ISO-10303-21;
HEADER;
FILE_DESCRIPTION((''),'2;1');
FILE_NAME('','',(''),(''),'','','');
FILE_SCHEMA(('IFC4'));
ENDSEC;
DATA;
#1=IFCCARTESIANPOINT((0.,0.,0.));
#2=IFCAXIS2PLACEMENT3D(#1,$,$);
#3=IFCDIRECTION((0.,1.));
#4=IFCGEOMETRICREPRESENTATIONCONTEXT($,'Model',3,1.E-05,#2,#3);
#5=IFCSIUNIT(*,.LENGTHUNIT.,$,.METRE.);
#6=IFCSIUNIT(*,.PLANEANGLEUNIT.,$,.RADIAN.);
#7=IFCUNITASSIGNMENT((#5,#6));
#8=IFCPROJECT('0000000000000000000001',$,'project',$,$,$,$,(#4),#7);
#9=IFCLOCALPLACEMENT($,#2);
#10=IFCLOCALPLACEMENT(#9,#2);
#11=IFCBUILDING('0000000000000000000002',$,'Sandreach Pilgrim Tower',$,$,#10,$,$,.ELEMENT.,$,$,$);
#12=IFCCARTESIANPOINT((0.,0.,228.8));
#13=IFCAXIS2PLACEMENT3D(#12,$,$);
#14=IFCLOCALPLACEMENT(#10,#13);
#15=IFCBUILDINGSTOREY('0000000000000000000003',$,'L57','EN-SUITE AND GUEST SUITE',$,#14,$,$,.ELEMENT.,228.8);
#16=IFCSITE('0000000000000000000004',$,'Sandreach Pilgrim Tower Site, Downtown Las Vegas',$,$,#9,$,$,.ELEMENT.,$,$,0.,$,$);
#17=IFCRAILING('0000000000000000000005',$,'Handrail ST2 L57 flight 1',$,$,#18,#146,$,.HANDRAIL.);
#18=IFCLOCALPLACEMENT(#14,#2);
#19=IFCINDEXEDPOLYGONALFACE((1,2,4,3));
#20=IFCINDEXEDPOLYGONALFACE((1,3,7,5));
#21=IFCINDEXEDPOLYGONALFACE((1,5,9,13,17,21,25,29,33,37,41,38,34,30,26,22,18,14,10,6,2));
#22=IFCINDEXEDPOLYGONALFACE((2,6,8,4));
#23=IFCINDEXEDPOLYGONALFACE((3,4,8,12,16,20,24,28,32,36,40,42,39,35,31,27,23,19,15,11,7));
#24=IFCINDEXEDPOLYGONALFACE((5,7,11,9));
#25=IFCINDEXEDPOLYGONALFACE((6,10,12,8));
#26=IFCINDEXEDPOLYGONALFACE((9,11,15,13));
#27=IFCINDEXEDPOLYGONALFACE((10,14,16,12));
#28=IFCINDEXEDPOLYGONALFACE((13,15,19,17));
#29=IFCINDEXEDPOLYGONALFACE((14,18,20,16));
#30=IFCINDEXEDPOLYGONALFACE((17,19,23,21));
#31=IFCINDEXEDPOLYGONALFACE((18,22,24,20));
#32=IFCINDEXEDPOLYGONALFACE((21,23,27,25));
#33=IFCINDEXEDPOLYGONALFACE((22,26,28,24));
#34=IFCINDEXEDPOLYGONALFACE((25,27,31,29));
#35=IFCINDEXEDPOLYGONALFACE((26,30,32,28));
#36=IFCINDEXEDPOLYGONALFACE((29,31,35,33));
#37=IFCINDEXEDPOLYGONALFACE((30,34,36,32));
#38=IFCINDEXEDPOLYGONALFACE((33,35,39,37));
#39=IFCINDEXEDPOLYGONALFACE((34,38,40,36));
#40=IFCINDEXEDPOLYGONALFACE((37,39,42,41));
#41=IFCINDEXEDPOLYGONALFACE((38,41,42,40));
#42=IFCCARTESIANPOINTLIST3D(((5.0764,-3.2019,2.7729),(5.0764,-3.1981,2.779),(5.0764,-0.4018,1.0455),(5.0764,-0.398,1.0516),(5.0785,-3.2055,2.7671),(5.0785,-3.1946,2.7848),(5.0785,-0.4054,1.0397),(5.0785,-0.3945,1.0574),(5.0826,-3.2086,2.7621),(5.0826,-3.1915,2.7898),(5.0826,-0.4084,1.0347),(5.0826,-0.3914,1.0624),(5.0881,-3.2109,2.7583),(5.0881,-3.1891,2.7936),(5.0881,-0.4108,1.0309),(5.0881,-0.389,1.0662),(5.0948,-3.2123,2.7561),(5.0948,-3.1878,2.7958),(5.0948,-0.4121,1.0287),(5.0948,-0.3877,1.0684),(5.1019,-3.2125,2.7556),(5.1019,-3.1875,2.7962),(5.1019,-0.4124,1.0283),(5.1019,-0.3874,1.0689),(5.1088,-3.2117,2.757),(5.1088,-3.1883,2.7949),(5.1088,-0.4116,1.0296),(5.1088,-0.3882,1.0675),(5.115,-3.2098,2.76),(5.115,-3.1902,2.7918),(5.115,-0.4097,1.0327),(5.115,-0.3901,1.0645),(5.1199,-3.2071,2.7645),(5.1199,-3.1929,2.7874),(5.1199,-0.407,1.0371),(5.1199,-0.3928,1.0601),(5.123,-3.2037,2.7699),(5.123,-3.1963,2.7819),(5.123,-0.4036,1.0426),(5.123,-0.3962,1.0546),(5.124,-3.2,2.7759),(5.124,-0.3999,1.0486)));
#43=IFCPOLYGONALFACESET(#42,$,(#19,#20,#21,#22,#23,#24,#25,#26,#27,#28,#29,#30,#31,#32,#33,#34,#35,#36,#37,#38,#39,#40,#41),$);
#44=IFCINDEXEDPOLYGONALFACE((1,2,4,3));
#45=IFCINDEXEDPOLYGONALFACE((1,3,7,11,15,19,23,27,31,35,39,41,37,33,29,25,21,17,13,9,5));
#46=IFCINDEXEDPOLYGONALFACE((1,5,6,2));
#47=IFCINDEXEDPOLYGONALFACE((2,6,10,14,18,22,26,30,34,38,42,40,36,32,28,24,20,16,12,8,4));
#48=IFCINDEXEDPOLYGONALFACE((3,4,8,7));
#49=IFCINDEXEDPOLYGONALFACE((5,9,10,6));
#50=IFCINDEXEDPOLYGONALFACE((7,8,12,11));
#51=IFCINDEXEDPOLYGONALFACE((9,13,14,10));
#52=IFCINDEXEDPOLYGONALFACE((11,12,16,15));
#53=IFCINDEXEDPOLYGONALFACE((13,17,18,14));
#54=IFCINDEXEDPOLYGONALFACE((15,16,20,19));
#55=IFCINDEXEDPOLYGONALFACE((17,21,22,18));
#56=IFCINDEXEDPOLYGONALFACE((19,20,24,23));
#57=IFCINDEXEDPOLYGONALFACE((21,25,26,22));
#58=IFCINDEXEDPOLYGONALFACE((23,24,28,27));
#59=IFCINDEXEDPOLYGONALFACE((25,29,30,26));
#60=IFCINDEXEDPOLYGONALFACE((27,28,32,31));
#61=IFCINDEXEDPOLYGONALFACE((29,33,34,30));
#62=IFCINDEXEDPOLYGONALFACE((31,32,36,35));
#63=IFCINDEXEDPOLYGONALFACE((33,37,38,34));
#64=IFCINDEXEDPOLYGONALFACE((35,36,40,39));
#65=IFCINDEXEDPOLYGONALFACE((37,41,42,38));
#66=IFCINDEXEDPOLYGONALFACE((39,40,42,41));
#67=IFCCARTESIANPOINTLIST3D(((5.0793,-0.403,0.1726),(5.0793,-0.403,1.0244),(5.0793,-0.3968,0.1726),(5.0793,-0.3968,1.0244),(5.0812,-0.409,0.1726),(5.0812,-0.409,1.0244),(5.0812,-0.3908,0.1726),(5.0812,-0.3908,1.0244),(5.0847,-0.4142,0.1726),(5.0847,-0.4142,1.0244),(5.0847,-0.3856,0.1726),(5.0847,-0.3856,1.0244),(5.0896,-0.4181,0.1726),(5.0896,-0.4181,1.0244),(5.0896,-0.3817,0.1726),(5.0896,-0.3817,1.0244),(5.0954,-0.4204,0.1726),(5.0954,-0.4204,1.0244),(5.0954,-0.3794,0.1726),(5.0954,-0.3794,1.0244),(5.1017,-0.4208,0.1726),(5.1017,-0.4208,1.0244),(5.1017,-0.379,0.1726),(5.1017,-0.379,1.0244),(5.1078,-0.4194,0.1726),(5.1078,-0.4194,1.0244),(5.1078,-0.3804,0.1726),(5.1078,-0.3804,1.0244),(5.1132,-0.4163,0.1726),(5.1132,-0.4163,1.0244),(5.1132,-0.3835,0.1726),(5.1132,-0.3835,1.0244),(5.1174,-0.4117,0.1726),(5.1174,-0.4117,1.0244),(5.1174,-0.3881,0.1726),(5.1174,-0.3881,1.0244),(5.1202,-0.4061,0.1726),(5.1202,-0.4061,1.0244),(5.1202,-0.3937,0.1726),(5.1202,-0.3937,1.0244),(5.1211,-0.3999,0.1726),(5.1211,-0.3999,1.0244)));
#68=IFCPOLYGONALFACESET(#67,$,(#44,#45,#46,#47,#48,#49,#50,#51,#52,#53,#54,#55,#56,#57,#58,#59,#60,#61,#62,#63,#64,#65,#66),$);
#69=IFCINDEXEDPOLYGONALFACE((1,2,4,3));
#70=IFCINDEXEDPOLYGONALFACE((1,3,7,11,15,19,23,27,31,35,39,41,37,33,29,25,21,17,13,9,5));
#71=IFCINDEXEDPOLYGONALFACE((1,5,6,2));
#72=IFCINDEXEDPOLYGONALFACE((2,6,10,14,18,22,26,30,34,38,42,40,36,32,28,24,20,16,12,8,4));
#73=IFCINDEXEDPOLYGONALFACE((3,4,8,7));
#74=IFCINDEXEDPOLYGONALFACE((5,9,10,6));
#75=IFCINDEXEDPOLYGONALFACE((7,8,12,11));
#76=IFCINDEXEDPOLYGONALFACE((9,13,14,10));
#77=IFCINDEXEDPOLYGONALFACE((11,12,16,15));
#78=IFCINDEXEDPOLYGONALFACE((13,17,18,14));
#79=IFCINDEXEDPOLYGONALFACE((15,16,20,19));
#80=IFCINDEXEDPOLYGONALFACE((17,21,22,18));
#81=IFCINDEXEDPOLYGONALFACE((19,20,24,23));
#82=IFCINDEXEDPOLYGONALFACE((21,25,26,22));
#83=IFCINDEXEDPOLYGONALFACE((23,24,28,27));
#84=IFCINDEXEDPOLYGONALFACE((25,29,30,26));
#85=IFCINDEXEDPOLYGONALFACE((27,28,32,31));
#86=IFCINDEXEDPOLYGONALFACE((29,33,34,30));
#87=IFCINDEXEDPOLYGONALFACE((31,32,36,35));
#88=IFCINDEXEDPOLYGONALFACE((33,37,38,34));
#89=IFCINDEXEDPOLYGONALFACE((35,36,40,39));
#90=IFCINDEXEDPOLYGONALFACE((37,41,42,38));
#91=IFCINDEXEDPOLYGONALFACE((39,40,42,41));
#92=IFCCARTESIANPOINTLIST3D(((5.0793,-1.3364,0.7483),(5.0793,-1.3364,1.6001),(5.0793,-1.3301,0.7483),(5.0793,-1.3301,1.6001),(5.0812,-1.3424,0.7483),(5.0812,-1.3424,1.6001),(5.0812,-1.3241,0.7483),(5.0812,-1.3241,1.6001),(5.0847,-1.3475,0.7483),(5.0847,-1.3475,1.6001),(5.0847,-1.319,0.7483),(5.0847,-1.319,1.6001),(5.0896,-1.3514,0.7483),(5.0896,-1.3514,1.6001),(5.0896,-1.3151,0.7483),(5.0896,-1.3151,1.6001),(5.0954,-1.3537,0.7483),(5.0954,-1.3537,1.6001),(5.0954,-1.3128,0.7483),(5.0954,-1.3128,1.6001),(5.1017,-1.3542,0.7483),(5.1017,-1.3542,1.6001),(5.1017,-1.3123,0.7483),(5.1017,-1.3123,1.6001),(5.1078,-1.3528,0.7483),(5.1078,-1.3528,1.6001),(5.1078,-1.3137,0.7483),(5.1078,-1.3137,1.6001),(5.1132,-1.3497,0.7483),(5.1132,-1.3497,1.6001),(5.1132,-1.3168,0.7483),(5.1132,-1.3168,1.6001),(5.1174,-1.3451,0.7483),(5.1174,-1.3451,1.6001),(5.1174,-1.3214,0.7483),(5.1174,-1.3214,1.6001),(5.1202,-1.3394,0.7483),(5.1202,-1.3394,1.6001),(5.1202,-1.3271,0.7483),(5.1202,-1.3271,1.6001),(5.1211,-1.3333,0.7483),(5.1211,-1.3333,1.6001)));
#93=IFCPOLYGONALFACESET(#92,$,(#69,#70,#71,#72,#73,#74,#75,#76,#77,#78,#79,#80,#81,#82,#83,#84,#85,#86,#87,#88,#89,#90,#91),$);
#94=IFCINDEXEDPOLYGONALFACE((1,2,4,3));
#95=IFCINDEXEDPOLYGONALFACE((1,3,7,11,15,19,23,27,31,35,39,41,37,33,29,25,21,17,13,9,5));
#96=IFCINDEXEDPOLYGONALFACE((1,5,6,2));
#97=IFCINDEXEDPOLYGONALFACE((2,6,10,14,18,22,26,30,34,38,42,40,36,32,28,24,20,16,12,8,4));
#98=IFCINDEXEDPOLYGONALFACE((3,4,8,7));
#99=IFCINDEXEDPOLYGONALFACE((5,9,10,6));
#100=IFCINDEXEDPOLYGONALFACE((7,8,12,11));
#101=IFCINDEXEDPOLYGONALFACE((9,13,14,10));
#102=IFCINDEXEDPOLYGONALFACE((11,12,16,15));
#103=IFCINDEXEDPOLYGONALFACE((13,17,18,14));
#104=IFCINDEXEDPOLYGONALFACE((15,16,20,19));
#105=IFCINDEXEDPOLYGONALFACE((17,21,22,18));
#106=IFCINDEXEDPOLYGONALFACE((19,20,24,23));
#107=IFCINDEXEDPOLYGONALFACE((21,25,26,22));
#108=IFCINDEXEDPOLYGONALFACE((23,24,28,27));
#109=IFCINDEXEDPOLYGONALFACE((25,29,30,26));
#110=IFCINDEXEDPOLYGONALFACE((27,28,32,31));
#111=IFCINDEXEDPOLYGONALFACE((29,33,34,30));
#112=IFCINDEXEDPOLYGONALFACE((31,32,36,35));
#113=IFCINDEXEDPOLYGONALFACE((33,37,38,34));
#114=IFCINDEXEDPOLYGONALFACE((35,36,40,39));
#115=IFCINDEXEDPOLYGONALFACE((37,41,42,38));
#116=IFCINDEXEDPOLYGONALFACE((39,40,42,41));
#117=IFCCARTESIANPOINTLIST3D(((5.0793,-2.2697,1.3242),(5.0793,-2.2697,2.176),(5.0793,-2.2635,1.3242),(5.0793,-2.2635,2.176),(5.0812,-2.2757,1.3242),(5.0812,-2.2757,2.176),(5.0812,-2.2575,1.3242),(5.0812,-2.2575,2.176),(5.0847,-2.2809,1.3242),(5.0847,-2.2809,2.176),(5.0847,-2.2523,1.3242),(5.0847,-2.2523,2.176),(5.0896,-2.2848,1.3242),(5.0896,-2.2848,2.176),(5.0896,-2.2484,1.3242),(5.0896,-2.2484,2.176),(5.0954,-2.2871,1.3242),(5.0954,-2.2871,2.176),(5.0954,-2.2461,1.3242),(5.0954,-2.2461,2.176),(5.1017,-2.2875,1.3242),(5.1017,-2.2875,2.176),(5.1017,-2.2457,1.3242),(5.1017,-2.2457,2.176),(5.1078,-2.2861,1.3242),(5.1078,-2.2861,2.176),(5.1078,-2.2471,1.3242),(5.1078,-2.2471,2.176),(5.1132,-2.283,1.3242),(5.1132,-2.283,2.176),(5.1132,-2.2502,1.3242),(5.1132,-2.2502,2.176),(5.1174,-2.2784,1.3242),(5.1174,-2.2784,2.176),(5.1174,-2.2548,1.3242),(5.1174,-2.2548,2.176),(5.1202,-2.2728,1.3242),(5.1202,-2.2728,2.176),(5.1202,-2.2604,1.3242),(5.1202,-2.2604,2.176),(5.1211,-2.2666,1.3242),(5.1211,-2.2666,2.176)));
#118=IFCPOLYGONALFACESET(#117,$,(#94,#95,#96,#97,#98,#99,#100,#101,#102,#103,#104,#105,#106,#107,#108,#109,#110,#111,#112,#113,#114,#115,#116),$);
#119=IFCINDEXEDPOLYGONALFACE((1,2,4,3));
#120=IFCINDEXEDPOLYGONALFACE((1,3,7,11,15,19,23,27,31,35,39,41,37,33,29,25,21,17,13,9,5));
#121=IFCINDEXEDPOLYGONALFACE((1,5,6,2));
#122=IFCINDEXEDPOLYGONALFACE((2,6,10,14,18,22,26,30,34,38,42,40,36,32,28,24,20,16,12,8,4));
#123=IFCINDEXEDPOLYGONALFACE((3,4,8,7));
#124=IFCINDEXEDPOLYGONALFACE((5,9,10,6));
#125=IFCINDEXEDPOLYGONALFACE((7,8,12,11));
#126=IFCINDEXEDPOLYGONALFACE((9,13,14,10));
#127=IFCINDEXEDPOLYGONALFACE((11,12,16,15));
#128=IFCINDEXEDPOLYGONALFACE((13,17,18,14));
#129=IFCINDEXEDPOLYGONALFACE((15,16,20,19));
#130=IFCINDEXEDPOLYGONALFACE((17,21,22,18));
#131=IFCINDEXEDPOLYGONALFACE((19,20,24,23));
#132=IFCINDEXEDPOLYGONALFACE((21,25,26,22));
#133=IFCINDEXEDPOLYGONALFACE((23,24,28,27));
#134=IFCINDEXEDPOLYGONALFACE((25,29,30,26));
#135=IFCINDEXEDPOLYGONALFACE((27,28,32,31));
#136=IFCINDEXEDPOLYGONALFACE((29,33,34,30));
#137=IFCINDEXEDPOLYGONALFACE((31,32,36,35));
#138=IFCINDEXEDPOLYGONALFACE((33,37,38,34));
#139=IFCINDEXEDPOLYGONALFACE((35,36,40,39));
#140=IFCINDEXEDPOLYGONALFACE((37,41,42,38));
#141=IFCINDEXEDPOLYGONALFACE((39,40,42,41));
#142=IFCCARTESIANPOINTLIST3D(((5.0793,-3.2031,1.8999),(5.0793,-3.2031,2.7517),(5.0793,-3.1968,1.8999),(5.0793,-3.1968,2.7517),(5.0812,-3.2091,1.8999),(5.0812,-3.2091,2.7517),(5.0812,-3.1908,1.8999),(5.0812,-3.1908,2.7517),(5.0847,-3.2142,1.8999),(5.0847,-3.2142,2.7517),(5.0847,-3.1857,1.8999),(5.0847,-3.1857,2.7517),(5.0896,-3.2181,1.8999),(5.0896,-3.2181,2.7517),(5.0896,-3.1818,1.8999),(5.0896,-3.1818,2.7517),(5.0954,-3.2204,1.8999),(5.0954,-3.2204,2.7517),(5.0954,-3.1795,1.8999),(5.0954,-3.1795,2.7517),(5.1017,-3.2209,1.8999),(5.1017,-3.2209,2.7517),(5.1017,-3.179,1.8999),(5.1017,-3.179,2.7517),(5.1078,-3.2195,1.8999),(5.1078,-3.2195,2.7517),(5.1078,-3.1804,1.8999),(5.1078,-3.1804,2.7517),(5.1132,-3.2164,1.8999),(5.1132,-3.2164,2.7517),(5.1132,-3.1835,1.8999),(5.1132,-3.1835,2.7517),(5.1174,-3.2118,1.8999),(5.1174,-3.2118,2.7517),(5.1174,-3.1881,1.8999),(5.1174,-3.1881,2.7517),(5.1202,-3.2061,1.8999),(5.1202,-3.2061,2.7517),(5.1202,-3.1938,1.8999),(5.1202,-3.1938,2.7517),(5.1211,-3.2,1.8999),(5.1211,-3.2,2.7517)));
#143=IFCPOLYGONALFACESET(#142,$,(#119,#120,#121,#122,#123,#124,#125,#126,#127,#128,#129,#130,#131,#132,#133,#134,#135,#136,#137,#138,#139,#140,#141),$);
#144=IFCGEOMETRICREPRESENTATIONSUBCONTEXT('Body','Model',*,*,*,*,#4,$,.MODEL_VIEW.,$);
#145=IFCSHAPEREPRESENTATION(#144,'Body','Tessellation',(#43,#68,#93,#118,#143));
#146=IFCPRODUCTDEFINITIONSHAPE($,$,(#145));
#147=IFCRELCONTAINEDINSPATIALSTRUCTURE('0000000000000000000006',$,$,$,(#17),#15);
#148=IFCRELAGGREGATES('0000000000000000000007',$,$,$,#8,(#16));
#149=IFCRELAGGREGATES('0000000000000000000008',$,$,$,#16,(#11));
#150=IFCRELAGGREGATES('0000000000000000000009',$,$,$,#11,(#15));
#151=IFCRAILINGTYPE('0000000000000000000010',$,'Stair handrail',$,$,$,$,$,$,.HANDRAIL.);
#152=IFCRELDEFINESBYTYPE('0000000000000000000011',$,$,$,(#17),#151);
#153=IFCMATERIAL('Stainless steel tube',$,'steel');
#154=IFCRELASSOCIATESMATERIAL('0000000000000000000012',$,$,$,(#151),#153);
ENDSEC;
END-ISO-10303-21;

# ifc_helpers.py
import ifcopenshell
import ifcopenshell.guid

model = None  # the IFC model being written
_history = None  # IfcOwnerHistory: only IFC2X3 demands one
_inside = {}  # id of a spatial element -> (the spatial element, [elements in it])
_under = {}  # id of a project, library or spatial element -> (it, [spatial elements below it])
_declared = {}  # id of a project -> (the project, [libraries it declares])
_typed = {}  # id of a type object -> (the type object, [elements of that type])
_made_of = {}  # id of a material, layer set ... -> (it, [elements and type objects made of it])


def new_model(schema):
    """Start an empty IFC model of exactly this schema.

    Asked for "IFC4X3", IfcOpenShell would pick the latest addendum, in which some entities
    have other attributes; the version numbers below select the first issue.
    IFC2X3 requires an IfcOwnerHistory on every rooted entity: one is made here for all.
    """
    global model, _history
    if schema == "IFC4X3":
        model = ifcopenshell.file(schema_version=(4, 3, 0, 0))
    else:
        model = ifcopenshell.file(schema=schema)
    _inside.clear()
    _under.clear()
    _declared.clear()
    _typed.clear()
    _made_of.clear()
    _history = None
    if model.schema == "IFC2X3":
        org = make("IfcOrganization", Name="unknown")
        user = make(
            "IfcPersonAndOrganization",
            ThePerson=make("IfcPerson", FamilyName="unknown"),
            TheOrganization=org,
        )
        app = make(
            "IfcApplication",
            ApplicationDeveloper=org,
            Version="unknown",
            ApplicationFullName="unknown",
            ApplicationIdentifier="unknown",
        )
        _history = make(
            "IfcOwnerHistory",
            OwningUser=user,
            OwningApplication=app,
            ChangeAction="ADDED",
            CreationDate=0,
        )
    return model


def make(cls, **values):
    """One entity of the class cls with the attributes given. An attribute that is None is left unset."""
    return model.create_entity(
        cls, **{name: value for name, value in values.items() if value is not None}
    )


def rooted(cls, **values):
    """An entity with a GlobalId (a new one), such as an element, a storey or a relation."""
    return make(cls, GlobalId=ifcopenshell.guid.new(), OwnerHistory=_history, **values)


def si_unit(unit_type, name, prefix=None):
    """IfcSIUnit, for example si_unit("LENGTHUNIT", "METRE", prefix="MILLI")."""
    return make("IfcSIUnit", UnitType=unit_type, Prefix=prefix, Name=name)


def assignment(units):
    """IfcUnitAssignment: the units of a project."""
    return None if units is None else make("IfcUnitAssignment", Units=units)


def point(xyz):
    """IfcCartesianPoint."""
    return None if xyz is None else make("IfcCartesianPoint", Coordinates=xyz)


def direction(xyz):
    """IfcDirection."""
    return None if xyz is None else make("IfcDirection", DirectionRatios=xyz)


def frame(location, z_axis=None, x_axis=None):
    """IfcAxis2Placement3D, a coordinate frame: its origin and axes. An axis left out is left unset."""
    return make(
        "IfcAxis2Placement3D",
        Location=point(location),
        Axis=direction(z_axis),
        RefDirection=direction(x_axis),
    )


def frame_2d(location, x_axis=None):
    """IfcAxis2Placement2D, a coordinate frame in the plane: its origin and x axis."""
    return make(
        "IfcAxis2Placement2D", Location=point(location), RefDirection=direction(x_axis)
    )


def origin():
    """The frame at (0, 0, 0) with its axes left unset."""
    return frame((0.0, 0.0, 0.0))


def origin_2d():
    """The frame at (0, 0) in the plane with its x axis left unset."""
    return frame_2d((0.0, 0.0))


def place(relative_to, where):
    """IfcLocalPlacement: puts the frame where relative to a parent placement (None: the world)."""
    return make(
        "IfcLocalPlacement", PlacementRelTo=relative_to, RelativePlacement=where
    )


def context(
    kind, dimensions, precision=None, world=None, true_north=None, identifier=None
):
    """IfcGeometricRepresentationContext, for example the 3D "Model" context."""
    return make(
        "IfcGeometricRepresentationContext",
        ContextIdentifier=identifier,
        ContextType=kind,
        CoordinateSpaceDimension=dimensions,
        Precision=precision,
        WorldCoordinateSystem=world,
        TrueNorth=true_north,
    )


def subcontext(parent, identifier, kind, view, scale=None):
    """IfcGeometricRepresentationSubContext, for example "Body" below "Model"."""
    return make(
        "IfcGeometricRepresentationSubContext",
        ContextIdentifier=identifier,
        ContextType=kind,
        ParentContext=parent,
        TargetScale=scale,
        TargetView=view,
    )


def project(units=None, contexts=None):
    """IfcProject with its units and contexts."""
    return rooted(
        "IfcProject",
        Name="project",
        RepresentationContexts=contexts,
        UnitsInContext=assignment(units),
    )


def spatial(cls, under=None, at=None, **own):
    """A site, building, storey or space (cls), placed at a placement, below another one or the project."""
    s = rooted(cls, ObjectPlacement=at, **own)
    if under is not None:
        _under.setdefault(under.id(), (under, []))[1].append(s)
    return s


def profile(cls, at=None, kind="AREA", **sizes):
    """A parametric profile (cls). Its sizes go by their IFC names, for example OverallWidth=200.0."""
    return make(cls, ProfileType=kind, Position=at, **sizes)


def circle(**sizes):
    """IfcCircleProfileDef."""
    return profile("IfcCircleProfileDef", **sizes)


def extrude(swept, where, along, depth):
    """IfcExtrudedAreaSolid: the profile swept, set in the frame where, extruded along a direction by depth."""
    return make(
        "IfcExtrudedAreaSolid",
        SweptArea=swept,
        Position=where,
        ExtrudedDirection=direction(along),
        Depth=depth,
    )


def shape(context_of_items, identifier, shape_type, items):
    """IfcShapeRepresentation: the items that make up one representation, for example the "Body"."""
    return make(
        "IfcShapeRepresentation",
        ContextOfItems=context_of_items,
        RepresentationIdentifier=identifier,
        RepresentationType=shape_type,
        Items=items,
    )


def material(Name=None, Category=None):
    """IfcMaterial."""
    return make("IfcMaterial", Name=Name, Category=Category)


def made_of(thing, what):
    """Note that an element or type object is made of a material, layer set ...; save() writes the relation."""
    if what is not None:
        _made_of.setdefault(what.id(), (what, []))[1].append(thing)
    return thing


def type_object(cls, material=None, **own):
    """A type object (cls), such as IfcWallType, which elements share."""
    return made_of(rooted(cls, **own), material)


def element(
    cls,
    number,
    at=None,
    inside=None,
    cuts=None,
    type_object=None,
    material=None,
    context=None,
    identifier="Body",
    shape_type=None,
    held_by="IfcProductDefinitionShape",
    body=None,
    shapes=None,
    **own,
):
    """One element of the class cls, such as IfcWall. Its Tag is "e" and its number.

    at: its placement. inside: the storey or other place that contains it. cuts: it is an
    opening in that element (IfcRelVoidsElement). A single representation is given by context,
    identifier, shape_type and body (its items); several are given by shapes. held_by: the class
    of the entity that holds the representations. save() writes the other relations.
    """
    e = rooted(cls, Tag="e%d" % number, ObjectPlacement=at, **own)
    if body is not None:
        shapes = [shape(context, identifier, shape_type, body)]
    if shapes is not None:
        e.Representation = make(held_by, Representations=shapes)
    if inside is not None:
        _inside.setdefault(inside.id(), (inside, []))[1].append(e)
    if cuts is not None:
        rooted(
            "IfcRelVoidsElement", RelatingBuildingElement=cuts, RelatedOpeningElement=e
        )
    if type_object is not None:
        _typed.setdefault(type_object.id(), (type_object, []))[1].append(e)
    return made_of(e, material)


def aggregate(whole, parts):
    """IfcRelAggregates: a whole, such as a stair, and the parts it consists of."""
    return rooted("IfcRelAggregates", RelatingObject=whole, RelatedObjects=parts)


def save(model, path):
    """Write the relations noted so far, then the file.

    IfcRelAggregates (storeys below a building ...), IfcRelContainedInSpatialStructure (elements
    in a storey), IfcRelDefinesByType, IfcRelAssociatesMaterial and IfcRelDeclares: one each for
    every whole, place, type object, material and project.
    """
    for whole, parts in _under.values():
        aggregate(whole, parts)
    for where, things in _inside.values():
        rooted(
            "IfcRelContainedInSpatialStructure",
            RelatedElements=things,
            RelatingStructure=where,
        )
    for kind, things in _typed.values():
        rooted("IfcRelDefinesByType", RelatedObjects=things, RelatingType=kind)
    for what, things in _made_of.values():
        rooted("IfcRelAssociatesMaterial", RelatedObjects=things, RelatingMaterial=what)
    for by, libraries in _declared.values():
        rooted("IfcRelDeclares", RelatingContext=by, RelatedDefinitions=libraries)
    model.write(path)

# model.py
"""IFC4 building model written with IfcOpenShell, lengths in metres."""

from ifc_helpers import new_model, si_unit, direction, frame, origin, origin_2d, place, context, subcontext, project, spatial, circle, extrude, material, type_object, element, save


model = new_model("IFC4")

# Units and contexts
model_context = context("Model", 3, precision=1e-05, world=origin(), true_north=direction((0.0, 1.0)))
body_context = subcontext(model_context, "Body", "Model", "MODEL_VIEW")
ifc_project = project(units=[si_unit("LENGTHUNIT", "METRE"), si_unit("PLANEANGLEUNIT", "RADIAN")], contexts=[model_context])

# Site, building, storey
site_placement = place(None, origin())
site = spatial("IfcSite", under=ifc_project, at=site_placement, Name="Sandreach Pilgrim Tower Site, Downtown Las Vegas", CompositionType="ELEMENT", RefElevation=0.0)
building_placement = place(site_placement, origin())
building = spatial("IfcBuilding", under=site, at=building_placement, Name="Sandreach Pilgrim Tower", CompositionType="ELEMENT")
storey_placement = place(building_placement, frame((0.0, 0.0, 228.8)))
storey = spatial("IfcBuildingStorey", under=building, at=storey_placement, Name="L57", Description="EN-SUITE AND GUEST SUITE", CompositionType="ELEMENT", Elevation=228.8)

# Railing
ifc_material_1 = material(Name="Stainless steel tube", Category="steel")
railing_type = type_object("IfcRailingType", Name="Stair handrail", PredefinedType="HANDRAIL", material=ifc_material_1)
for number, where, name in (
    (1, (5.1001, -0.3999, 0.1726), "Handrail ST2 L57 flight 1"),
):
    element("IfcRailing", number, at=place(storey_placement, frame(where)), inside=storey, type_object=railing_type, Name=name, PredefinedType="HANDRAIL", context=body_context, shape_type="SweptSolid", body=[
        extrude(circle(Radius=0.0239, at=origin_2d()), frame((0.0, 0.0, 0.876), z_axis=(0.0, -0.85109, 0.52502), x_axis=(1.0, 0.0, 0.0)), (0.0, 0.0, 1.0), 3.29),
        extrude(circle(Radius=0.021, at=origin_2d()), origin(), (0.0, 0.0, 1.0), 0.8518),
        extrude(circle(Radius=0.021, at=origin_2d()), frame((0.0, -0.9333, 0.5757)), (0.0, 0.0, 1.0), 0.8518),
        extrude(circle(Radius=0.021, at=origin_2d()), frame((0.0, -1.8667, 1.1516)), (0.0, 0.0, 1.0), 0.8518),
        extrude(circle(Radius=0.021, at=origin_2d()), frame((0.0, -2.8, 1.7273)), (0.0, 0.0, 1.0), 0.8518),
    ])

save(model, "model.ifc")
